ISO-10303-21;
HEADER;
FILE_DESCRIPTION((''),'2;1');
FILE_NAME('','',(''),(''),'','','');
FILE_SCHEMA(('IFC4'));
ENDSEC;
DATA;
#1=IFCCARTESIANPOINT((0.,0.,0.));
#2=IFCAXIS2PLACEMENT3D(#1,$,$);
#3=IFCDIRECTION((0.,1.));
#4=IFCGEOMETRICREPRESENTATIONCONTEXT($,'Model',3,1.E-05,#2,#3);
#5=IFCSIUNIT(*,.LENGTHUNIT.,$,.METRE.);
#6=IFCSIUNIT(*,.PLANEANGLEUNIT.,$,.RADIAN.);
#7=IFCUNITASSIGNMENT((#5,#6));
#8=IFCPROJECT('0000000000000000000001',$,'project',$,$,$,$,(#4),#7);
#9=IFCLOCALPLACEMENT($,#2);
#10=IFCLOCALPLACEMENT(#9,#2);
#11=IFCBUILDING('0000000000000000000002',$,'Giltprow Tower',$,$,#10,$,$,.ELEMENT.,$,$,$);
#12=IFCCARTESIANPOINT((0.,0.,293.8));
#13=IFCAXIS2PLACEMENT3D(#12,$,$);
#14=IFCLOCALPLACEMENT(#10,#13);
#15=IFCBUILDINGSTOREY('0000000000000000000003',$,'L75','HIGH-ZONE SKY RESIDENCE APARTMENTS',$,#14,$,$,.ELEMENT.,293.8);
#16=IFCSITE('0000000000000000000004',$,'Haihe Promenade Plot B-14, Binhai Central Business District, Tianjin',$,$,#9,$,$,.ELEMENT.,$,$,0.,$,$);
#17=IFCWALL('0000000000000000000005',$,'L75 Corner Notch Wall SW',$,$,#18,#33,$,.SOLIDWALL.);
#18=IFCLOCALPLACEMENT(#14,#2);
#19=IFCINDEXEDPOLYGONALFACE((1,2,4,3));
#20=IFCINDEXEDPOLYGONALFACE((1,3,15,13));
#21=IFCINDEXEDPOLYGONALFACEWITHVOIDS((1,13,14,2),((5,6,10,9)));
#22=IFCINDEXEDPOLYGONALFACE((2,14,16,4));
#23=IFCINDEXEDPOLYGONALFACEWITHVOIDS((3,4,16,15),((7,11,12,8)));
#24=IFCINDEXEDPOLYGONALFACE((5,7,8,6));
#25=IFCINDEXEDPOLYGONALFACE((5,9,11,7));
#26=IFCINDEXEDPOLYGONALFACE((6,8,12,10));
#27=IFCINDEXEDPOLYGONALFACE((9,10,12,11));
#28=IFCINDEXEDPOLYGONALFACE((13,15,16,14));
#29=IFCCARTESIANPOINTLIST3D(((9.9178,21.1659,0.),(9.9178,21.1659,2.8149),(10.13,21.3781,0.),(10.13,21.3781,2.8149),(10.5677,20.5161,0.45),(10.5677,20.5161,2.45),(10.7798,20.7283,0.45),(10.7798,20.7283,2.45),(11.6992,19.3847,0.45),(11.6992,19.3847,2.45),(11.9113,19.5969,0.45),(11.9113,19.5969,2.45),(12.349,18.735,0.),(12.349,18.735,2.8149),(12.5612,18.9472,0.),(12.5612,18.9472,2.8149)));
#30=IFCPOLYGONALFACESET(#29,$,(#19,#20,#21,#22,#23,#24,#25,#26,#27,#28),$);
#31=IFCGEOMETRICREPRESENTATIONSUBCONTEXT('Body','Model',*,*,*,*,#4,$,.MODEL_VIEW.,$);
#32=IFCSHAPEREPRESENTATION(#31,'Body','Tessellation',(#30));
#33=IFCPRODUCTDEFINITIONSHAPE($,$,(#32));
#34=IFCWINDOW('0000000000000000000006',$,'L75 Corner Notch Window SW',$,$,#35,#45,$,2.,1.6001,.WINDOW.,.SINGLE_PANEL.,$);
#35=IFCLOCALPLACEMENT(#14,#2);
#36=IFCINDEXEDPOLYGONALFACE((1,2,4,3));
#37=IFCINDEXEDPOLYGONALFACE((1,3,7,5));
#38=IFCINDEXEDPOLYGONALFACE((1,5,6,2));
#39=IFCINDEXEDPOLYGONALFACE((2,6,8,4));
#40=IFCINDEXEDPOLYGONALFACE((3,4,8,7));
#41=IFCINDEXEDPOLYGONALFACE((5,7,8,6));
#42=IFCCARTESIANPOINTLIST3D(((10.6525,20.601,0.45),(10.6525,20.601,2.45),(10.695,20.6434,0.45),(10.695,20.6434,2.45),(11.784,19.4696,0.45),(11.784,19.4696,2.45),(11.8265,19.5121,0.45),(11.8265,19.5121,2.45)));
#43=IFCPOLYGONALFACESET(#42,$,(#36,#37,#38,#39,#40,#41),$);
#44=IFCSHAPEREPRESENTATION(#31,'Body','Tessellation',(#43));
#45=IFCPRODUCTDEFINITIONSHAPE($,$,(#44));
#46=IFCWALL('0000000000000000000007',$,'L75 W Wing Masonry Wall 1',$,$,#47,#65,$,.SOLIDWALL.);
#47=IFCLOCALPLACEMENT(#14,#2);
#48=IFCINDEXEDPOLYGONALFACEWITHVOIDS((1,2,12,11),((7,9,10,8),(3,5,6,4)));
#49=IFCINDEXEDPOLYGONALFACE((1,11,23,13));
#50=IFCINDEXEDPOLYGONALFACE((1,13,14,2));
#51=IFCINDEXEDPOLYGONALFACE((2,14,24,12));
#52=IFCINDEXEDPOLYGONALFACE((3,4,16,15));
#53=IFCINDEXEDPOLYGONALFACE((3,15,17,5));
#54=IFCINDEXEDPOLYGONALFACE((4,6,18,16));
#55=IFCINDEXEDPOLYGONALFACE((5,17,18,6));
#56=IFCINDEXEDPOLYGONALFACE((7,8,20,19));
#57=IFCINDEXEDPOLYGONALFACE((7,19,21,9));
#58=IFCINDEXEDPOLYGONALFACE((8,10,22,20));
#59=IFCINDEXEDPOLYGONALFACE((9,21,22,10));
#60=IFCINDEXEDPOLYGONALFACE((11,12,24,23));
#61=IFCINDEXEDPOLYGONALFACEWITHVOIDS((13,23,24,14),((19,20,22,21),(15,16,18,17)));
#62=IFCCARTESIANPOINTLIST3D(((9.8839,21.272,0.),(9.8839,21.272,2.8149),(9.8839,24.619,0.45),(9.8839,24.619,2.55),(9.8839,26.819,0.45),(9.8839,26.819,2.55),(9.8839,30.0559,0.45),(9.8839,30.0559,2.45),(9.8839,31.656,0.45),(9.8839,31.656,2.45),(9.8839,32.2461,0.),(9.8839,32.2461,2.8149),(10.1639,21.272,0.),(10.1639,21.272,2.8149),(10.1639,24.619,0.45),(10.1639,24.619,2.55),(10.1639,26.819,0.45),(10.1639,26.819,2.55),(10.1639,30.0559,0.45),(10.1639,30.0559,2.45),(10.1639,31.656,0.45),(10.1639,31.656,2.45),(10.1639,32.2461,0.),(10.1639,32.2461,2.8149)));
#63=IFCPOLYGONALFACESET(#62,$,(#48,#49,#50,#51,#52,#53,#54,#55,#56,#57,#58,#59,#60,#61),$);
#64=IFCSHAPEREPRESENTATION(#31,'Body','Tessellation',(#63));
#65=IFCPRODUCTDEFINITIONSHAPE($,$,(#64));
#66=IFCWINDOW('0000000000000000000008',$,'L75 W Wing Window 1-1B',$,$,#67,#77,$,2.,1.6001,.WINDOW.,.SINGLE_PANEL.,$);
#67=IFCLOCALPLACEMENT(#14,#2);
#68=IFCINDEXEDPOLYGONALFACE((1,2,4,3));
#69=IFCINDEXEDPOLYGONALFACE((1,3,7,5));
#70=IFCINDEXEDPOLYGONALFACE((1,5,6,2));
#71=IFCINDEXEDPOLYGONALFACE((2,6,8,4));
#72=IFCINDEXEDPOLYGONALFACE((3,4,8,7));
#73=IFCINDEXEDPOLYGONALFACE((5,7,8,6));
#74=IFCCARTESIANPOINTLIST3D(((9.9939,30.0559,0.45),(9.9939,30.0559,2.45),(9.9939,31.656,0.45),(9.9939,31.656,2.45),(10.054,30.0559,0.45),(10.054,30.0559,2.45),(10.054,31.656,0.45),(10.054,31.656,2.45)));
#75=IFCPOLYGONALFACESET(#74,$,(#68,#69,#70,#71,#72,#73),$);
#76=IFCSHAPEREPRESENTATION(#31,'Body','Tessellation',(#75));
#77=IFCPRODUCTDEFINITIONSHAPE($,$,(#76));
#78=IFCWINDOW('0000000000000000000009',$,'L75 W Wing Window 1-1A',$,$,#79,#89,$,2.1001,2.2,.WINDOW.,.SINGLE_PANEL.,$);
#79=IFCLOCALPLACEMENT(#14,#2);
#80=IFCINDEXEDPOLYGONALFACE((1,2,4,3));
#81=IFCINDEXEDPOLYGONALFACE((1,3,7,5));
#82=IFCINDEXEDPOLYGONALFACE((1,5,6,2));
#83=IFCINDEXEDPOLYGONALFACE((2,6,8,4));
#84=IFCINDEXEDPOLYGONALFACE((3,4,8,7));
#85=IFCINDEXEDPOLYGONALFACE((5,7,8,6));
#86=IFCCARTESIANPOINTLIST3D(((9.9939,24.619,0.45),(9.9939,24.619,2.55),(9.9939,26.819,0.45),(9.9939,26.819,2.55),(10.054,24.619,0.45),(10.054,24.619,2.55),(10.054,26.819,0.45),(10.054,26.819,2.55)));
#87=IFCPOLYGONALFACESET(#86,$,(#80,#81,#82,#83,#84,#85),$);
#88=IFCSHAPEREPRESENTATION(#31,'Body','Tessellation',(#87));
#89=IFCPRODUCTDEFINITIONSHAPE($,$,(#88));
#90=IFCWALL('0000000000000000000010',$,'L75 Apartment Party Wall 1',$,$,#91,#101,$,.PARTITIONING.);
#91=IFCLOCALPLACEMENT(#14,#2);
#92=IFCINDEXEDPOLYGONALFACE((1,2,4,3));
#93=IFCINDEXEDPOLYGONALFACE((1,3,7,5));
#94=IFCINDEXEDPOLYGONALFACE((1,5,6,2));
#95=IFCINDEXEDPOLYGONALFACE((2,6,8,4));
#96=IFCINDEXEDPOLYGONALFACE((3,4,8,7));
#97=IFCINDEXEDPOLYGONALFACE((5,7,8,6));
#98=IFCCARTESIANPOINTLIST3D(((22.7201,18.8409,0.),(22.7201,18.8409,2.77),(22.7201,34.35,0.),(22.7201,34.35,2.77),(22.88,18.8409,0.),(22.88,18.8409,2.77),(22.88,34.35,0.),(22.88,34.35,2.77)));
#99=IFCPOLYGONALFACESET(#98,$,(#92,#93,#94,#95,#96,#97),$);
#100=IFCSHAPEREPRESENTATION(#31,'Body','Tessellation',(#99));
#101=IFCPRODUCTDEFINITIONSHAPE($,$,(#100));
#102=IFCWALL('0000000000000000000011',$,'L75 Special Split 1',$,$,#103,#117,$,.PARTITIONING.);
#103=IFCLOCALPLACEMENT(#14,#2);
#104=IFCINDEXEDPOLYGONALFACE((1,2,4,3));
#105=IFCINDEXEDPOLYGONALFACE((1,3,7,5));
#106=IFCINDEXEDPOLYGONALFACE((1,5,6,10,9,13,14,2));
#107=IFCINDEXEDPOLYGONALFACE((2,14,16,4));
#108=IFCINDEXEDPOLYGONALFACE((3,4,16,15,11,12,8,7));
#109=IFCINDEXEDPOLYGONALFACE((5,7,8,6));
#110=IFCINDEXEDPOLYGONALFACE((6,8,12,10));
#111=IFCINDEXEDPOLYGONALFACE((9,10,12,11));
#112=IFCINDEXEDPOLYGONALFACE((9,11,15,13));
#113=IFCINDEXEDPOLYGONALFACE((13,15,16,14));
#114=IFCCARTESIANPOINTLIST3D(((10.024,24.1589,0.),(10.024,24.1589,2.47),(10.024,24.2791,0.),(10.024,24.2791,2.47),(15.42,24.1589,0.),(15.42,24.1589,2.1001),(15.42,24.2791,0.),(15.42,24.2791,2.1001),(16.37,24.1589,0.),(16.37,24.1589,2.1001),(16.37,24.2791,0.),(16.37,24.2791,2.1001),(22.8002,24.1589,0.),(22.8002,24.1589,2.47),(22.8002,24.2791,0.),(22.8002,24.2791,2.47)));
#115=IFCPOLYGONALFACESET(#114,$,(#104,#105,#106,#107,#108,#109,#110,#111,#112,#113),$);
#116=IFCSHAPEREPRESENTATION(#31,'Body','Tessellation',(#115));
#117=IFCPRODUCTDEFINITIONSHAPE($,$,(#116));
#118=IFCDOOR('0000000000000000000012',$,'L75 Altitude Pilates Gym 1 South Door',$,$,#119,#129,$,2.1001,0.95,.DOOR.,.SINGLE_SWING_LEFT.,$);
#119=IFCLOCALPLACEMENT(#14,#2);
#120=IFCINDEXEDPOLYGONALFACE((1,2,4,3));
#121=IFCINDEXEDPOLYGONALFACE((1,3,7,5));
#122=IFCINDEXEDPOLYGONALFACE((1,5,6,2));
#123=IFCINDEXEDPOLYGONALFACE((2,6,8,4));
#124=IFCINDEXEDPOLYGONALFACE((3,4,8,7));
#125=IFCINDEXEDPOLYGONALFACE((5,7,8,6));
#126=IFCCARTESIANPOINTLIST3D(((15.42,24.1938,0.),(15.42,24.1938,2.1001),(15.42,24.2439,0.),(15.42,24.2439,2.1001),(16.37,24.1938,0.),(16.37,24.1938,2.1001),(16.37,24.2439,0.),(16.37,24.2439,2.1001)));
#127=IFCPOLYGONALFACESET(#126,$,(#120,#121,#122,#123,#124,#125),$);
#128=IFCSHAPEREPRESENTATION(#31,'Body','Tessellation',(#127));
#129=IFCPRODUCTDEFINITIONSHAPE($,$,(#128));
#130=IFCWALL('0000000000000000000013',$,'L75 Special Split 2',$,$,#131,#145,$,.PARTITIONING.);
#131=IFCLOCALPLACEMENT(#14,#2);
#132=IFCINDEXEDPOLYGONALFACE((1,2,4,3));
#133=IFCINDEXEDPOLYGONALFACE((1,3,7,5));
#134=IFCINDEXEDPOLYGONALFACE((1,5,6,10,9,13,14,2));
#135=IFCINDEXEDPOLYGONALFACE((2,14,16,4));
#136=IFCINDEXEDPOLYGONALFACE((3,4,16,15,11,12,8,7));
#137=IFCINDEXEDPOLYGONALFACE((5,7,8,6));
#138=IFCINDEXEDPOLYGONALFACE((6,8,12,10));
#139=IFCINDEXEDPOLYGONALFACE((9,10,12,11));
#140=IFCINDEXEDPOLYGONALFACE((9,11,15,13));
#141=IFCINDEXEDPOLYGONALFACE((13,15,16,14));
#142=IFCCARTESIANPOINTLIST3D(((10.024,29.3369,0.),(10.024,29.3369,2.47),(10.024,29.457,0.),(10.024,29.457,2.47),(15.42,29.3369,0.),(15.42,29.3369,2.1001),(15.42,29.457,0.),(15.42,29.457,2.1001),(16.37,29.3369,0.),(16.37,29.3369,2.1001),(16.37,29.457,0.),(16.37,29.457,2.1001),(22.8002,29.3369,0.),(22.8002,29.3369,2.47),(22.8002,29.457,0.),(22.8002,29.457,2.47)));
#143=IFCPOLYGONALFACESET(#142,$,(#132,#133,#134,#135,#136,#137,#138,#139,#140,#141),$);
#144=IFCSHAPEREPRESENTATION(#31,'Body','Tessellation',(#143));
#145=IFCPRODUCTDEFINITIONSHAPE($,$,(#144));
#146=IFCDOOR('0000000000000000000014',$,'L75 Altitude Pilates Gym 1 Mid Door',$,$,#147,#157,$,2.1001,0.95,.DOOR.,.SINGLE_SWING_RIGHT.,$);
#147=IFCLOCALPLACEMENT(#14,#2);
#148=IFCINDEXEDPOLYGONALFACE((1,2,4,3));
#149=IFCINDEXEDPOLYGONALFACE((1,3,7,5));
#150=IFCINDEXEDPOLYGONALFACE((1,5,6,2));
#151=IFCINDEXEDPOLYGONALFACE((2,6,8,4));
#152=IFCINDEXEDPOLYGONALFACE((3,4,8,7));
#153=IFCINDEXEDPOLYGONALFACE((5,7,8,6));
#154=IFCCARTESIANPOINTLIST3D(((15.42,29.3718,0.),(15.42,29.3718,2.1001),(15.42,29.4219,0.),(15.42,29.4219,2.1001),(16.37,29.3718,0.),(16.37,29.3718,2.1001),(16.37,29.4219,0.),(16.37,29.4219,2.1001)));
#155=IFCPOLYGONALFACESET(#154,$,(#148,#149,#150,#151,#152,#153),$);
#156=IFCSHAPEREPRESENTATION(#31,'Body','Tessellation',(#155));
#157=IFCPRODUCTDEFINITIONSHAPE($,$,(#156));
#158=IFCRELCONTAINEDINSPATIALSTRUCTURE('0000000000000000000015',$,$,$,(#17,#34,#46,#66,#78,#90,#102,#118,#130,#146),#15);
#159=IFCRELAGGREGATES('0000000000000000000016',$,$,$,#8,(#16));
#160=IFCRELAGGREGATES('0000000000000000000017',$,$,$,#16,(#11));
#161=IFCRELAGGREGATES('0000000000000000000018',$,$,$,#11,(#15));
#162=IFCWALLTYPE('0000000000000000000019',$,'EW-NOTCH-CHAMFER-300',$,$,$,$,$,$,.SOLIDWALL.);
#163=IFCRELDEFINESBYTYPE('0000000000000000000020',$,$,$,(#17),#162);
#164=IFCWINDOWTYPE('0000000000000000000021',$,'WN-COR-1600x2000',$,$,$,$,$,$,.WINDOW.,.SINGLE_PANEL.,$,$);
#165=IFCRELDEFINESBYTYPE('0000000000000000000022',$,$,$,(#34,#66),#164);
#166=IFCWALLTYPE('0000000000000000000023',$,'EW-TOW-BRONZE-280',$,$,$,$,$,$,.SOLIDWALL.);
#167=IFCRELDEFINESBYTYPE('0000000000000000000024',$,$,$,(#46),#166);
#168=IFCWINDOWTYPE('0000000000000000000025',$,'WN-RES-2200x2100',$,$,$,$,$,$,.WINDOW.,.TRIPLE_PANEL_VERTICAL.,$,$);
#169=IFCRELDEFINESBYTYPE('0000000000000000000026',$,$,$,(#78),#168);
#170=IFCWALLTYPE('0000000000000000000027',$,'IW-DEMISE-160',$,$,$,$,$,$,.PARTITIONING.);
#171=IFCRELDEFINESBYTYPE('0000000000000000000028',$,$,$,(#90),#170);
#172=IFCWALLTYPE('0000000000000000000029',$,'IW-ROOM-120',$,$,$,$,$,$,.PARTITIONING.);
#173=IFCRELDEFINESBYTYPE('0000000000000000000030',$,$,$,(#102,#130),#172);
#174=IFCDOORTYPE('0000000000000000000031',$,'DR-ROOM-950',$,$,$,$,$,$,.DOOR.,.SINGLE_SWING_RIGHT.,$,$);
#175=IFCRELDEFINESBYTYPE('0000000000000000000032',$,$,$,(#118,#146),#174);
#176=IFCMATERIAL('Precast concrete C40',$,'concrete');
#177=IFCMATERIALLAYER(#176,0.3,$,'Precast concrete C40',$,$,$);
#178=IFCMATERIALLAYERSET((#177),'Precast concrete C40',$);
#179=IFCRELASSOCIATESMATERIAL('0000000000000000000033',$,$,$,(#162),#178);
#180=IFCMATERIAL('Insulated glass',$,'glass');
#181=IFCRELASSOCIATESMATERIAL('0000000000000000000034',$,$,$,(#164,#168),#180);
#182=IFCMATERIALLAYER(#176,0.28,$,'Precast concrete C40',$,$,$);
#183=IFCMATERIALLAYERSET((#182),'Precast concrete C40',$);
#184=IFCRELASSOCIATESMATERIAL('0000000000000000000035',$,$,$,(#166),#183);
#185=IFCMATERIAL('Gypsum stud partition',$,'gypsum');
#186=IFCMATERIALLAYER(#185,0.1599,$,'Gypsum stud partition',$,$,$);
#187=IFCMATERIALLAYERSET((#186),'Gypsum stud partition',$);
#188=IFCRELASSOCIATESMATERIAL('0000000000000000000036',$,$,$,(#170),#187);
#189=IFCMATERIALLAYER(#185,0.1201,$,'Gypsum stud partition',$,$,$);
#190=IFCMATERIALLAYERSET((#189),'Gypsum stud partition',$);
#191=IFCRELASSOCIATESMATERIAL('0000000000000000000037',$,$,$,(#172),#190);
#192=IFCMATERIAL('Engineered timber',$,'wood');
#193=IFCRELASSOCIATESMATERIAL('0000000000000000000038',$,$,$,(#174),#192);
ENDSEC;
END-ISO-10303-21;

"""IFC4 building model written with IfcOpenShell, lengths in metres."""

from ifc_helpers import new_model, si_unit, direction, frame, frame_2d, origin, place, context, subcontext, project, spatial, rectangle, extrude, source, transform, mapped, material, layer, layer_set, type_object, element, fill, save


model = new_model("IFC4")

# Units and contexts
model_context = context("Model", 3, precision=1e-05, world=origin(), true_north=direction((0.0, 1.0)))
body_context = subcontext(model_context, "Body", "Model", "MODEL_VIEW")
ifc_project = project(units=[si_unit("LENGTHUNIT", "METRE"), si_unit("PLANEANGLEUNIT", "RADIAN")], contexts=[model_context])

# Site, building, storey
site_placement = place(None, origin())
site = spatial("IfcSite", under=ifc_project, at=site_placement, Name="Haihe Promenade Plot B-14, Binhai Central Business District, Tianjin", CompositionType="ELEMENT", RefElevation=0.0)
building_placement = place(site_placement, origin())
building = spatial("IfcBuilding", under=site, at=building_placement, Name="Giltprow Tower", CompositionType="ELEMENT")
storey_placement = place(building_placement, frame((0.0, 0.0, 293.8)))
storey = spatial("IfcBuildingStorey", under=building, at=storey_placement, Name="L75", Description="HIGH-ZONE SKY RESIDENCE APARTMENTS", CompositionType="ELEMENT", Elevation=293.8)

# Wall, opening, window
ifc_material_1 = material(Name="Precast concrete C40", Category="concrete")
ifc_layer_1 = layer(ifc_material_1, 0.3, Name="Precast concrete C40")
ifc_layer_set_1 = layer_set([ifc_layer_1], Name="Precast concrete C40")
wall_type_1 = type_object("IfcWallType", Name="EW-NOTCH-CHAMFER-300", PredefinedType="SOLIDWALL", material=ifc_layer_set_1)
wall_1_placement = place(storey_placement, frame((10.0239, 21.272, 0.0), z_axis=(0.0, 0.0, 1.0), x_axis=(0.707142, -0.707071, 0.0)))
wall_1 = element("IfcWall", 1, at=wall_1_placement, inside=storey, type_object=wall_type_1, Name="L75 Corner Notch Wall SW", PredefinedType="SOLIDWALL", context=body_context, shape_type="SweptSolid", body=[
    extrude(rectangle(XDim=3.438, YDim=0.3, at=frame_2d((1.719, 0.0))), origin(), (0.0, 0.0, 1.0), 2.8149),
])
opening_1_placement = place(wall_1_placement, frame((0.9189, 0.0, 0.45)))
opening_1 = element("IfcOpeningElement", 2, at=opening_1_placement, cuts=wall_1, PredefinedType="OPENING", context=body_context, shape_type="SweptSolid", body=[
    extrude(rectangle(XDim=1.6001, YDim=2.0, at=frame_2d((0.8, 1.0))), frame((0.0, 0.1599, 0.0), z_axis=(0.0, -1.0, 0.0), x_axis=(1.0, 0.0, 0.0)), (0.0, 0.0, 1.0), 0.3201),
])
ifc_material_2 = material(Name="Insulated glass", Category="glass")
window_type_1 = type_object("IfcWindowType", Name="WN-COR-1600x2000", PartitioningType="SINGLE_PANEL", PredefinedType="WINDOW", material=ifc_material_2)
shared_shape_1 = source(origin(), body_context, "Body", "SweptSolid", [
    extrude(rectangle(XDim=1.6001, YDim=2.0, at=frame_2d((0.8, 1.0))), frame((0.0, 0.03, 0.0), z_axis=(0.0, -1.0, 0.0), x_axis=(1.0, 0.0, 0.0)), (0.0, 0.0, 1.0), 0.0601),
])
window_1_placement = place(opening_1_placement, origin())
window_1 = element("IfcWindow", 3, at=window_1_placement, inside=storey, type_object=window_type_1, Name="L75 Corner Notch Window SW", OverallHeight=2.0, OverallWidth=1.6001, PartitioningType="SINGLE_PANEL", PredefinedType="WINDOW", context=body_context, shape_type="MappedRepresentation", body=[
    mapped(shared_shape_1, transform((0.0, 0.0, 0.0), x_axis=(1.0, 0.0, 0.0), y_axis=(0.0, 1.0, 0.0), z_axis=(0.0, 0.0, 1.0), scale=1.0)),
])
fill(opening_1, window_1)

# Wall, openings, windows
ifc_layer_2 = layer(ifc_material_1, 0.28, Name="Precast concrete C40")
ifc_layer_set_2 = layer_set([ifc_layer_2], Name="Precast concrete C40")
wall_type_2 = type_object("IfcWallType", Name="EW-TOW-BRONZE-280", PredefinedType="SOLIDWALL", material=ifc_layer_set_2)
wall_2_placement = place(storey_placement, frame((10.0239, 21.272, 0.0), z_axis=(0.0, 0.0, 1.0), x_axis=(0.0, 1.0, 0.0)))
wall_2 = element("IfcWall", 4, at=wall_2_placement, inside=storey, type_object=wall_type_2, Name="L75 W Wing Masonry Wall 1", PredefinedType="SOLIDWALL", context=body_context, shape_type="SweptSolid", body=[
    extrude(rectangle(XDim=10.9741, YDim=0.28, at=frame_2d((5.4871, 0.0))), origin(), (0.0, 0.0, 1.0), 2.8149),
])
opening_2_placement = place(wall_2_placement, frame((3.3469, 0.0, 0.45)))
opening_2 = element("IfcOpeningElement", 5, at=opening_2_placement, cuts=wall_2, PredefinedType="OPENING", context=body_context, shape_type="SweptSolid", body=[
    extrude(rectangle(XDim=2.2, YDim=2.1001, at=frame_2d((1.1001, 1.05))), frame((0.0, 0.1499, 0.0), z_axis=(0.0, -1.0, 0.0), x_axis=(1.0, 0.0, 0.0)), (0.0, 0.0, 1.0), 0.3),
])
opening_3_placement = place(wall_2_placement, frame((8.7839, 0.0, 0.45)))
opening_3 = element("IfcOpeningElement", 6, at=opening_3_placement, cuts=wall_2, PredefinedType="OPENING", context=body_context, shape_type="SweptSolid", body=[
    extrude(rectangle(XDim=1.6001, YDim=2.0, at=frame_2d((0.8, 1.0))), frame((0.0, 0.1499, 0.0), z_axis=(0.0, -1.0, 0.0), x_axis=(1.0, 0.0, 0.0)), (0.0, 0.0, 1.0), 0.3),
])
window_2_placement = place(opening_3_placement, origin())
window_2 = element("IfcWindow", 7, at=window_2_placement, inside=storey, type_object=window_type_1, Name="L75 W Wing Window 1-1B", OverallHeight=2.0, OverallWidth=1.6001, PartitioningType="SINGLE_PANEL", PredefinedType="WINDOW", context=body_context, shape_type="MappedRepresentation", body=[
    mapped(shared_shape_1, transform((0.0, 0.0, 0.0), x_axis=(1.0, 0.0, 0.0), y_axis=(0.0, 1.0, 0.0), z_axis=(0.0, 0.0, 1.0), scale=1.0)),
])
fill(opening_3, window_2)
window_type_2 = type_object("IfcWindowType", Name="WN-RES-2200x2100", PartitioningType="TRIPLE_PANEL_VERTICAL", PredefinedType="WINDOW", material=ifc_material_2)
shared_shape_2 = source(origin(), body_context, "Body", "SweptSolid", [
    extrude(rectangle(XDim=2.2, YDim=2.1001, at=frame_2d((1.1001, 1.05))), frame((0.0, 0.03, 0.0), z_axis=(0.0, -1.0, 0.0), x_axis=(1.0, 0.0, 0.0)), (0.0, 0.0, 1.0), 0.0601),
])
window_3_placement = place(opening_2_placement, origin())
window_3 = element("IfcWindow", 8, at=window_3_placement, inside=storey, type_object=window_type_2, Name="L75 W Wing Window 1-1A", OverallHeight=2.1001, OverallWidth=2.2, PartitioningType="SINGLE_PANEL", PredefinedType="WINDOW", context=body_context, shape_type="MappedRepresentation", body=[
    mapped(shared_shape_2, transform((0.0, 0.0, 0.0), x_axis=(1.0, 0.0, 0.0), y_axis=(0.0, 1.0, 0.0), z_axis=(0.0, 0.0, 1.0), scale=1.0)),
])
fill(opening_2, window_3)

# Wall
ifc_material_3 = material(Name="Gypsum stud partition", Category="gypsum")
ifc_layer_3 = layer(ifc_material_3, 0.1599, Name="Gypsum stud partition")
ifc_layer_set_3 = layer_set([ifc_layer_3], Name="Gypsum stud partition")
wall_type_3 = type_object("IfcWallType", Name="IW-DEMISE-160", PredefinedType="PARTITIONING", material=ifc_layer_set_3)
wall_3_placement = place(storey_placement, frame((22.8, 18.8411, 0.0), z_axis=(0.0, 0.0, 1.0), x_axis=(0.0, 1.0, 0.0)))
element("IfcWall", 9, at=wall_3_placement, inside=storey, type_object=wall_type_3, Name="L75 Apartment Party Wall 1", PredefinedType="PARTITIONING", context=body_context, shape_type="SweptSolid", body=[
    extrude(rectangle(XDim=15.509, YDim=0.1599, at=frame_2d((7.7544, 0.0))), origin(), (0.0, 0.0, 1.0), 2.77),
])

# Walls, openings, doors
ifc_layer_4 = layer(ifc_material_3, 0.1201, Name="Gypsum stud partition")
ifc_layer_set_4 = layer_set([ifc_layer_4], Name="Gypsum stud partition")
wall_type_4 = type_object("IfcWallType", Name="IW-ROOM-120", PredefinedType="PARTITIONING", material=ifc_layer_set_4)
wall_4_placement = place(storey_placement, frame((10.0239, 24.219, 0.0), z_axis=(0.0, 0.0, 1.0), x_axis=(1.0, 0.0, 0.0)))
wall_4 = element("IfcWall", 10, at=wall_4_placement, inside=storey, type_object=wall_type_4, Name="L75 Special Split 1", PredefinedType="PARTITIONING", context=body_context, shape_type="SweptSolid", body=[
    extrude(rectangle(XDim=12.7761, YDim=0.1201, at=frame_2d((6.3882, 0.0))), origin(), (0.0, 0.0, 1.0), 2.47),
])
opening_4_placement = place(wall_4_placement, frame((5.396, 0.0, 0.0)))
opening_4 = element("IfcOpeningElement", 11, at=opening_4_placement, cuts=wall_4, PredefinedType="OPENING", context=body_context, shape_type="SweptSolid", body=[
    extrude(rectangle(XDim=0.95, YDim=2.1001, at=frame_2d((0.4751, 1.05))), frame((0.0, 0.0701, 0.0), z_axis=(0.0, -1.0, 0.0), x_axis=(1.0, 0.0, 0.0)), (0.0, 0.0, 1.0), 0.1401),
])
ifc_material_4 = material(Name="Engineered timber", Category="wood")
door_type = type_object("IfcDoorType", Name="DR-ROOM-950", OperationType="SINGLE_SWING_RIGHT", PredefinedType="DOOR", material=ifc_material_4)
shared_shape_3 = source(origin(), body_context, "Body", "SweptSolid", [
    extrude(rectangle(XDim=0.95, YDim=2.1001, at=frame_2d((0.4751, 1.05))), frame((0.0, 0.0249, 0.0), z_axis=(0.0, -1.0, 0.0), x_axis=(1.0, 0.0, 0.0)), (0.0, 0.0, 1.0), 0.05),
])
door_1_placement = place(opening_4_placement, origin())
door_1 = element("IfcDoor", 12, at=door_1_placement, inside=storey, type_object=door_type, Name="L75 Altitude Pilates Gym 1 South Door", OperationType="SINGLE_SWING_LEFT", OverallHeight=2.1001, OverallWidth=0.95, PredefinedType="DOOR", context=body_context, shape_type="MappedRepresentation", body=[
    mapped(shared_shape_3, transform((0.0, 0.0, 0.0), x_axis=(1.0, 0.0, 0.0), y_axis=(0.0, 1.0, 0.0), z_axis=(0.0, 0.0, 1.0), scale=1.0)),
])
fill(opening_4, door_1)
wall_5_placement = place(storey_placement, frame((10.0239, 29.397, 0.0), z_axis=(0.0, 0.0, 1.0), x_axis=(1.0, 0.0, 0.0)))
wall_5 = element("IfcWall", 13, at=wall_5_placement, inside=storey, type_object=wall_type_4, Name="L75 Special Split 2", PredefinedType="PARTITIONING", context=body_context, shape_type="SweptSolid", body=[
    extrude(rectangle(XDim=12.7761, YDim=0.1201, at=frame_2d((6.3882, 0.0))), origin(), (0.0, 0.0, 1.0), 2.47),
])
opening_5_placement = place(wall_5_placement, frame((5.396, 0.0, 0.0)))
opening_5 = element("IfcOpeningElement", 14, at=opening_5_placement, cuts=wall_5, PredefinedType="OPENING", context=body_context, shape_type="SweptSolid", body=[
    extrude(rectangle(XDim=0.95, YDim=2.1001, at=frame_2d((0.4751, 1.05))), frame((0.0, 0.0701, 0.0), z_axis=(0.0, -1.0, 0.0), x_axis=(1.0, 0.0, 0.0)), (0.0, 0.0, 1.0), 0.1401),
])
door_2_placement = place(opening_5_placement, origin())
door_2 = element("IfcDoor", 15, at=door_2_placement, inside=storey, type_object=door_type, Name="L75 Altitude Pilates Gym 1 Mid Door", OperationType="SINGLE_SWING_RIGHT", OverallHeight=2.1001, OverallWidth=0.95, PredefinedType="DOOR", context=body_context, shape_type="MappedRepresentation", body=[
    mapped(shared_shape_3, transform((0.0, 0.0, 0.0), x_axis=(1.0, 0.0, 0.0), y_axis=(0.0, 1.0, 0.0), z_axis=(0.0, 0.0, 1.0), scale=1.0)),
])
fill(opening_5, door_2)

save(model, "model.ifc")
